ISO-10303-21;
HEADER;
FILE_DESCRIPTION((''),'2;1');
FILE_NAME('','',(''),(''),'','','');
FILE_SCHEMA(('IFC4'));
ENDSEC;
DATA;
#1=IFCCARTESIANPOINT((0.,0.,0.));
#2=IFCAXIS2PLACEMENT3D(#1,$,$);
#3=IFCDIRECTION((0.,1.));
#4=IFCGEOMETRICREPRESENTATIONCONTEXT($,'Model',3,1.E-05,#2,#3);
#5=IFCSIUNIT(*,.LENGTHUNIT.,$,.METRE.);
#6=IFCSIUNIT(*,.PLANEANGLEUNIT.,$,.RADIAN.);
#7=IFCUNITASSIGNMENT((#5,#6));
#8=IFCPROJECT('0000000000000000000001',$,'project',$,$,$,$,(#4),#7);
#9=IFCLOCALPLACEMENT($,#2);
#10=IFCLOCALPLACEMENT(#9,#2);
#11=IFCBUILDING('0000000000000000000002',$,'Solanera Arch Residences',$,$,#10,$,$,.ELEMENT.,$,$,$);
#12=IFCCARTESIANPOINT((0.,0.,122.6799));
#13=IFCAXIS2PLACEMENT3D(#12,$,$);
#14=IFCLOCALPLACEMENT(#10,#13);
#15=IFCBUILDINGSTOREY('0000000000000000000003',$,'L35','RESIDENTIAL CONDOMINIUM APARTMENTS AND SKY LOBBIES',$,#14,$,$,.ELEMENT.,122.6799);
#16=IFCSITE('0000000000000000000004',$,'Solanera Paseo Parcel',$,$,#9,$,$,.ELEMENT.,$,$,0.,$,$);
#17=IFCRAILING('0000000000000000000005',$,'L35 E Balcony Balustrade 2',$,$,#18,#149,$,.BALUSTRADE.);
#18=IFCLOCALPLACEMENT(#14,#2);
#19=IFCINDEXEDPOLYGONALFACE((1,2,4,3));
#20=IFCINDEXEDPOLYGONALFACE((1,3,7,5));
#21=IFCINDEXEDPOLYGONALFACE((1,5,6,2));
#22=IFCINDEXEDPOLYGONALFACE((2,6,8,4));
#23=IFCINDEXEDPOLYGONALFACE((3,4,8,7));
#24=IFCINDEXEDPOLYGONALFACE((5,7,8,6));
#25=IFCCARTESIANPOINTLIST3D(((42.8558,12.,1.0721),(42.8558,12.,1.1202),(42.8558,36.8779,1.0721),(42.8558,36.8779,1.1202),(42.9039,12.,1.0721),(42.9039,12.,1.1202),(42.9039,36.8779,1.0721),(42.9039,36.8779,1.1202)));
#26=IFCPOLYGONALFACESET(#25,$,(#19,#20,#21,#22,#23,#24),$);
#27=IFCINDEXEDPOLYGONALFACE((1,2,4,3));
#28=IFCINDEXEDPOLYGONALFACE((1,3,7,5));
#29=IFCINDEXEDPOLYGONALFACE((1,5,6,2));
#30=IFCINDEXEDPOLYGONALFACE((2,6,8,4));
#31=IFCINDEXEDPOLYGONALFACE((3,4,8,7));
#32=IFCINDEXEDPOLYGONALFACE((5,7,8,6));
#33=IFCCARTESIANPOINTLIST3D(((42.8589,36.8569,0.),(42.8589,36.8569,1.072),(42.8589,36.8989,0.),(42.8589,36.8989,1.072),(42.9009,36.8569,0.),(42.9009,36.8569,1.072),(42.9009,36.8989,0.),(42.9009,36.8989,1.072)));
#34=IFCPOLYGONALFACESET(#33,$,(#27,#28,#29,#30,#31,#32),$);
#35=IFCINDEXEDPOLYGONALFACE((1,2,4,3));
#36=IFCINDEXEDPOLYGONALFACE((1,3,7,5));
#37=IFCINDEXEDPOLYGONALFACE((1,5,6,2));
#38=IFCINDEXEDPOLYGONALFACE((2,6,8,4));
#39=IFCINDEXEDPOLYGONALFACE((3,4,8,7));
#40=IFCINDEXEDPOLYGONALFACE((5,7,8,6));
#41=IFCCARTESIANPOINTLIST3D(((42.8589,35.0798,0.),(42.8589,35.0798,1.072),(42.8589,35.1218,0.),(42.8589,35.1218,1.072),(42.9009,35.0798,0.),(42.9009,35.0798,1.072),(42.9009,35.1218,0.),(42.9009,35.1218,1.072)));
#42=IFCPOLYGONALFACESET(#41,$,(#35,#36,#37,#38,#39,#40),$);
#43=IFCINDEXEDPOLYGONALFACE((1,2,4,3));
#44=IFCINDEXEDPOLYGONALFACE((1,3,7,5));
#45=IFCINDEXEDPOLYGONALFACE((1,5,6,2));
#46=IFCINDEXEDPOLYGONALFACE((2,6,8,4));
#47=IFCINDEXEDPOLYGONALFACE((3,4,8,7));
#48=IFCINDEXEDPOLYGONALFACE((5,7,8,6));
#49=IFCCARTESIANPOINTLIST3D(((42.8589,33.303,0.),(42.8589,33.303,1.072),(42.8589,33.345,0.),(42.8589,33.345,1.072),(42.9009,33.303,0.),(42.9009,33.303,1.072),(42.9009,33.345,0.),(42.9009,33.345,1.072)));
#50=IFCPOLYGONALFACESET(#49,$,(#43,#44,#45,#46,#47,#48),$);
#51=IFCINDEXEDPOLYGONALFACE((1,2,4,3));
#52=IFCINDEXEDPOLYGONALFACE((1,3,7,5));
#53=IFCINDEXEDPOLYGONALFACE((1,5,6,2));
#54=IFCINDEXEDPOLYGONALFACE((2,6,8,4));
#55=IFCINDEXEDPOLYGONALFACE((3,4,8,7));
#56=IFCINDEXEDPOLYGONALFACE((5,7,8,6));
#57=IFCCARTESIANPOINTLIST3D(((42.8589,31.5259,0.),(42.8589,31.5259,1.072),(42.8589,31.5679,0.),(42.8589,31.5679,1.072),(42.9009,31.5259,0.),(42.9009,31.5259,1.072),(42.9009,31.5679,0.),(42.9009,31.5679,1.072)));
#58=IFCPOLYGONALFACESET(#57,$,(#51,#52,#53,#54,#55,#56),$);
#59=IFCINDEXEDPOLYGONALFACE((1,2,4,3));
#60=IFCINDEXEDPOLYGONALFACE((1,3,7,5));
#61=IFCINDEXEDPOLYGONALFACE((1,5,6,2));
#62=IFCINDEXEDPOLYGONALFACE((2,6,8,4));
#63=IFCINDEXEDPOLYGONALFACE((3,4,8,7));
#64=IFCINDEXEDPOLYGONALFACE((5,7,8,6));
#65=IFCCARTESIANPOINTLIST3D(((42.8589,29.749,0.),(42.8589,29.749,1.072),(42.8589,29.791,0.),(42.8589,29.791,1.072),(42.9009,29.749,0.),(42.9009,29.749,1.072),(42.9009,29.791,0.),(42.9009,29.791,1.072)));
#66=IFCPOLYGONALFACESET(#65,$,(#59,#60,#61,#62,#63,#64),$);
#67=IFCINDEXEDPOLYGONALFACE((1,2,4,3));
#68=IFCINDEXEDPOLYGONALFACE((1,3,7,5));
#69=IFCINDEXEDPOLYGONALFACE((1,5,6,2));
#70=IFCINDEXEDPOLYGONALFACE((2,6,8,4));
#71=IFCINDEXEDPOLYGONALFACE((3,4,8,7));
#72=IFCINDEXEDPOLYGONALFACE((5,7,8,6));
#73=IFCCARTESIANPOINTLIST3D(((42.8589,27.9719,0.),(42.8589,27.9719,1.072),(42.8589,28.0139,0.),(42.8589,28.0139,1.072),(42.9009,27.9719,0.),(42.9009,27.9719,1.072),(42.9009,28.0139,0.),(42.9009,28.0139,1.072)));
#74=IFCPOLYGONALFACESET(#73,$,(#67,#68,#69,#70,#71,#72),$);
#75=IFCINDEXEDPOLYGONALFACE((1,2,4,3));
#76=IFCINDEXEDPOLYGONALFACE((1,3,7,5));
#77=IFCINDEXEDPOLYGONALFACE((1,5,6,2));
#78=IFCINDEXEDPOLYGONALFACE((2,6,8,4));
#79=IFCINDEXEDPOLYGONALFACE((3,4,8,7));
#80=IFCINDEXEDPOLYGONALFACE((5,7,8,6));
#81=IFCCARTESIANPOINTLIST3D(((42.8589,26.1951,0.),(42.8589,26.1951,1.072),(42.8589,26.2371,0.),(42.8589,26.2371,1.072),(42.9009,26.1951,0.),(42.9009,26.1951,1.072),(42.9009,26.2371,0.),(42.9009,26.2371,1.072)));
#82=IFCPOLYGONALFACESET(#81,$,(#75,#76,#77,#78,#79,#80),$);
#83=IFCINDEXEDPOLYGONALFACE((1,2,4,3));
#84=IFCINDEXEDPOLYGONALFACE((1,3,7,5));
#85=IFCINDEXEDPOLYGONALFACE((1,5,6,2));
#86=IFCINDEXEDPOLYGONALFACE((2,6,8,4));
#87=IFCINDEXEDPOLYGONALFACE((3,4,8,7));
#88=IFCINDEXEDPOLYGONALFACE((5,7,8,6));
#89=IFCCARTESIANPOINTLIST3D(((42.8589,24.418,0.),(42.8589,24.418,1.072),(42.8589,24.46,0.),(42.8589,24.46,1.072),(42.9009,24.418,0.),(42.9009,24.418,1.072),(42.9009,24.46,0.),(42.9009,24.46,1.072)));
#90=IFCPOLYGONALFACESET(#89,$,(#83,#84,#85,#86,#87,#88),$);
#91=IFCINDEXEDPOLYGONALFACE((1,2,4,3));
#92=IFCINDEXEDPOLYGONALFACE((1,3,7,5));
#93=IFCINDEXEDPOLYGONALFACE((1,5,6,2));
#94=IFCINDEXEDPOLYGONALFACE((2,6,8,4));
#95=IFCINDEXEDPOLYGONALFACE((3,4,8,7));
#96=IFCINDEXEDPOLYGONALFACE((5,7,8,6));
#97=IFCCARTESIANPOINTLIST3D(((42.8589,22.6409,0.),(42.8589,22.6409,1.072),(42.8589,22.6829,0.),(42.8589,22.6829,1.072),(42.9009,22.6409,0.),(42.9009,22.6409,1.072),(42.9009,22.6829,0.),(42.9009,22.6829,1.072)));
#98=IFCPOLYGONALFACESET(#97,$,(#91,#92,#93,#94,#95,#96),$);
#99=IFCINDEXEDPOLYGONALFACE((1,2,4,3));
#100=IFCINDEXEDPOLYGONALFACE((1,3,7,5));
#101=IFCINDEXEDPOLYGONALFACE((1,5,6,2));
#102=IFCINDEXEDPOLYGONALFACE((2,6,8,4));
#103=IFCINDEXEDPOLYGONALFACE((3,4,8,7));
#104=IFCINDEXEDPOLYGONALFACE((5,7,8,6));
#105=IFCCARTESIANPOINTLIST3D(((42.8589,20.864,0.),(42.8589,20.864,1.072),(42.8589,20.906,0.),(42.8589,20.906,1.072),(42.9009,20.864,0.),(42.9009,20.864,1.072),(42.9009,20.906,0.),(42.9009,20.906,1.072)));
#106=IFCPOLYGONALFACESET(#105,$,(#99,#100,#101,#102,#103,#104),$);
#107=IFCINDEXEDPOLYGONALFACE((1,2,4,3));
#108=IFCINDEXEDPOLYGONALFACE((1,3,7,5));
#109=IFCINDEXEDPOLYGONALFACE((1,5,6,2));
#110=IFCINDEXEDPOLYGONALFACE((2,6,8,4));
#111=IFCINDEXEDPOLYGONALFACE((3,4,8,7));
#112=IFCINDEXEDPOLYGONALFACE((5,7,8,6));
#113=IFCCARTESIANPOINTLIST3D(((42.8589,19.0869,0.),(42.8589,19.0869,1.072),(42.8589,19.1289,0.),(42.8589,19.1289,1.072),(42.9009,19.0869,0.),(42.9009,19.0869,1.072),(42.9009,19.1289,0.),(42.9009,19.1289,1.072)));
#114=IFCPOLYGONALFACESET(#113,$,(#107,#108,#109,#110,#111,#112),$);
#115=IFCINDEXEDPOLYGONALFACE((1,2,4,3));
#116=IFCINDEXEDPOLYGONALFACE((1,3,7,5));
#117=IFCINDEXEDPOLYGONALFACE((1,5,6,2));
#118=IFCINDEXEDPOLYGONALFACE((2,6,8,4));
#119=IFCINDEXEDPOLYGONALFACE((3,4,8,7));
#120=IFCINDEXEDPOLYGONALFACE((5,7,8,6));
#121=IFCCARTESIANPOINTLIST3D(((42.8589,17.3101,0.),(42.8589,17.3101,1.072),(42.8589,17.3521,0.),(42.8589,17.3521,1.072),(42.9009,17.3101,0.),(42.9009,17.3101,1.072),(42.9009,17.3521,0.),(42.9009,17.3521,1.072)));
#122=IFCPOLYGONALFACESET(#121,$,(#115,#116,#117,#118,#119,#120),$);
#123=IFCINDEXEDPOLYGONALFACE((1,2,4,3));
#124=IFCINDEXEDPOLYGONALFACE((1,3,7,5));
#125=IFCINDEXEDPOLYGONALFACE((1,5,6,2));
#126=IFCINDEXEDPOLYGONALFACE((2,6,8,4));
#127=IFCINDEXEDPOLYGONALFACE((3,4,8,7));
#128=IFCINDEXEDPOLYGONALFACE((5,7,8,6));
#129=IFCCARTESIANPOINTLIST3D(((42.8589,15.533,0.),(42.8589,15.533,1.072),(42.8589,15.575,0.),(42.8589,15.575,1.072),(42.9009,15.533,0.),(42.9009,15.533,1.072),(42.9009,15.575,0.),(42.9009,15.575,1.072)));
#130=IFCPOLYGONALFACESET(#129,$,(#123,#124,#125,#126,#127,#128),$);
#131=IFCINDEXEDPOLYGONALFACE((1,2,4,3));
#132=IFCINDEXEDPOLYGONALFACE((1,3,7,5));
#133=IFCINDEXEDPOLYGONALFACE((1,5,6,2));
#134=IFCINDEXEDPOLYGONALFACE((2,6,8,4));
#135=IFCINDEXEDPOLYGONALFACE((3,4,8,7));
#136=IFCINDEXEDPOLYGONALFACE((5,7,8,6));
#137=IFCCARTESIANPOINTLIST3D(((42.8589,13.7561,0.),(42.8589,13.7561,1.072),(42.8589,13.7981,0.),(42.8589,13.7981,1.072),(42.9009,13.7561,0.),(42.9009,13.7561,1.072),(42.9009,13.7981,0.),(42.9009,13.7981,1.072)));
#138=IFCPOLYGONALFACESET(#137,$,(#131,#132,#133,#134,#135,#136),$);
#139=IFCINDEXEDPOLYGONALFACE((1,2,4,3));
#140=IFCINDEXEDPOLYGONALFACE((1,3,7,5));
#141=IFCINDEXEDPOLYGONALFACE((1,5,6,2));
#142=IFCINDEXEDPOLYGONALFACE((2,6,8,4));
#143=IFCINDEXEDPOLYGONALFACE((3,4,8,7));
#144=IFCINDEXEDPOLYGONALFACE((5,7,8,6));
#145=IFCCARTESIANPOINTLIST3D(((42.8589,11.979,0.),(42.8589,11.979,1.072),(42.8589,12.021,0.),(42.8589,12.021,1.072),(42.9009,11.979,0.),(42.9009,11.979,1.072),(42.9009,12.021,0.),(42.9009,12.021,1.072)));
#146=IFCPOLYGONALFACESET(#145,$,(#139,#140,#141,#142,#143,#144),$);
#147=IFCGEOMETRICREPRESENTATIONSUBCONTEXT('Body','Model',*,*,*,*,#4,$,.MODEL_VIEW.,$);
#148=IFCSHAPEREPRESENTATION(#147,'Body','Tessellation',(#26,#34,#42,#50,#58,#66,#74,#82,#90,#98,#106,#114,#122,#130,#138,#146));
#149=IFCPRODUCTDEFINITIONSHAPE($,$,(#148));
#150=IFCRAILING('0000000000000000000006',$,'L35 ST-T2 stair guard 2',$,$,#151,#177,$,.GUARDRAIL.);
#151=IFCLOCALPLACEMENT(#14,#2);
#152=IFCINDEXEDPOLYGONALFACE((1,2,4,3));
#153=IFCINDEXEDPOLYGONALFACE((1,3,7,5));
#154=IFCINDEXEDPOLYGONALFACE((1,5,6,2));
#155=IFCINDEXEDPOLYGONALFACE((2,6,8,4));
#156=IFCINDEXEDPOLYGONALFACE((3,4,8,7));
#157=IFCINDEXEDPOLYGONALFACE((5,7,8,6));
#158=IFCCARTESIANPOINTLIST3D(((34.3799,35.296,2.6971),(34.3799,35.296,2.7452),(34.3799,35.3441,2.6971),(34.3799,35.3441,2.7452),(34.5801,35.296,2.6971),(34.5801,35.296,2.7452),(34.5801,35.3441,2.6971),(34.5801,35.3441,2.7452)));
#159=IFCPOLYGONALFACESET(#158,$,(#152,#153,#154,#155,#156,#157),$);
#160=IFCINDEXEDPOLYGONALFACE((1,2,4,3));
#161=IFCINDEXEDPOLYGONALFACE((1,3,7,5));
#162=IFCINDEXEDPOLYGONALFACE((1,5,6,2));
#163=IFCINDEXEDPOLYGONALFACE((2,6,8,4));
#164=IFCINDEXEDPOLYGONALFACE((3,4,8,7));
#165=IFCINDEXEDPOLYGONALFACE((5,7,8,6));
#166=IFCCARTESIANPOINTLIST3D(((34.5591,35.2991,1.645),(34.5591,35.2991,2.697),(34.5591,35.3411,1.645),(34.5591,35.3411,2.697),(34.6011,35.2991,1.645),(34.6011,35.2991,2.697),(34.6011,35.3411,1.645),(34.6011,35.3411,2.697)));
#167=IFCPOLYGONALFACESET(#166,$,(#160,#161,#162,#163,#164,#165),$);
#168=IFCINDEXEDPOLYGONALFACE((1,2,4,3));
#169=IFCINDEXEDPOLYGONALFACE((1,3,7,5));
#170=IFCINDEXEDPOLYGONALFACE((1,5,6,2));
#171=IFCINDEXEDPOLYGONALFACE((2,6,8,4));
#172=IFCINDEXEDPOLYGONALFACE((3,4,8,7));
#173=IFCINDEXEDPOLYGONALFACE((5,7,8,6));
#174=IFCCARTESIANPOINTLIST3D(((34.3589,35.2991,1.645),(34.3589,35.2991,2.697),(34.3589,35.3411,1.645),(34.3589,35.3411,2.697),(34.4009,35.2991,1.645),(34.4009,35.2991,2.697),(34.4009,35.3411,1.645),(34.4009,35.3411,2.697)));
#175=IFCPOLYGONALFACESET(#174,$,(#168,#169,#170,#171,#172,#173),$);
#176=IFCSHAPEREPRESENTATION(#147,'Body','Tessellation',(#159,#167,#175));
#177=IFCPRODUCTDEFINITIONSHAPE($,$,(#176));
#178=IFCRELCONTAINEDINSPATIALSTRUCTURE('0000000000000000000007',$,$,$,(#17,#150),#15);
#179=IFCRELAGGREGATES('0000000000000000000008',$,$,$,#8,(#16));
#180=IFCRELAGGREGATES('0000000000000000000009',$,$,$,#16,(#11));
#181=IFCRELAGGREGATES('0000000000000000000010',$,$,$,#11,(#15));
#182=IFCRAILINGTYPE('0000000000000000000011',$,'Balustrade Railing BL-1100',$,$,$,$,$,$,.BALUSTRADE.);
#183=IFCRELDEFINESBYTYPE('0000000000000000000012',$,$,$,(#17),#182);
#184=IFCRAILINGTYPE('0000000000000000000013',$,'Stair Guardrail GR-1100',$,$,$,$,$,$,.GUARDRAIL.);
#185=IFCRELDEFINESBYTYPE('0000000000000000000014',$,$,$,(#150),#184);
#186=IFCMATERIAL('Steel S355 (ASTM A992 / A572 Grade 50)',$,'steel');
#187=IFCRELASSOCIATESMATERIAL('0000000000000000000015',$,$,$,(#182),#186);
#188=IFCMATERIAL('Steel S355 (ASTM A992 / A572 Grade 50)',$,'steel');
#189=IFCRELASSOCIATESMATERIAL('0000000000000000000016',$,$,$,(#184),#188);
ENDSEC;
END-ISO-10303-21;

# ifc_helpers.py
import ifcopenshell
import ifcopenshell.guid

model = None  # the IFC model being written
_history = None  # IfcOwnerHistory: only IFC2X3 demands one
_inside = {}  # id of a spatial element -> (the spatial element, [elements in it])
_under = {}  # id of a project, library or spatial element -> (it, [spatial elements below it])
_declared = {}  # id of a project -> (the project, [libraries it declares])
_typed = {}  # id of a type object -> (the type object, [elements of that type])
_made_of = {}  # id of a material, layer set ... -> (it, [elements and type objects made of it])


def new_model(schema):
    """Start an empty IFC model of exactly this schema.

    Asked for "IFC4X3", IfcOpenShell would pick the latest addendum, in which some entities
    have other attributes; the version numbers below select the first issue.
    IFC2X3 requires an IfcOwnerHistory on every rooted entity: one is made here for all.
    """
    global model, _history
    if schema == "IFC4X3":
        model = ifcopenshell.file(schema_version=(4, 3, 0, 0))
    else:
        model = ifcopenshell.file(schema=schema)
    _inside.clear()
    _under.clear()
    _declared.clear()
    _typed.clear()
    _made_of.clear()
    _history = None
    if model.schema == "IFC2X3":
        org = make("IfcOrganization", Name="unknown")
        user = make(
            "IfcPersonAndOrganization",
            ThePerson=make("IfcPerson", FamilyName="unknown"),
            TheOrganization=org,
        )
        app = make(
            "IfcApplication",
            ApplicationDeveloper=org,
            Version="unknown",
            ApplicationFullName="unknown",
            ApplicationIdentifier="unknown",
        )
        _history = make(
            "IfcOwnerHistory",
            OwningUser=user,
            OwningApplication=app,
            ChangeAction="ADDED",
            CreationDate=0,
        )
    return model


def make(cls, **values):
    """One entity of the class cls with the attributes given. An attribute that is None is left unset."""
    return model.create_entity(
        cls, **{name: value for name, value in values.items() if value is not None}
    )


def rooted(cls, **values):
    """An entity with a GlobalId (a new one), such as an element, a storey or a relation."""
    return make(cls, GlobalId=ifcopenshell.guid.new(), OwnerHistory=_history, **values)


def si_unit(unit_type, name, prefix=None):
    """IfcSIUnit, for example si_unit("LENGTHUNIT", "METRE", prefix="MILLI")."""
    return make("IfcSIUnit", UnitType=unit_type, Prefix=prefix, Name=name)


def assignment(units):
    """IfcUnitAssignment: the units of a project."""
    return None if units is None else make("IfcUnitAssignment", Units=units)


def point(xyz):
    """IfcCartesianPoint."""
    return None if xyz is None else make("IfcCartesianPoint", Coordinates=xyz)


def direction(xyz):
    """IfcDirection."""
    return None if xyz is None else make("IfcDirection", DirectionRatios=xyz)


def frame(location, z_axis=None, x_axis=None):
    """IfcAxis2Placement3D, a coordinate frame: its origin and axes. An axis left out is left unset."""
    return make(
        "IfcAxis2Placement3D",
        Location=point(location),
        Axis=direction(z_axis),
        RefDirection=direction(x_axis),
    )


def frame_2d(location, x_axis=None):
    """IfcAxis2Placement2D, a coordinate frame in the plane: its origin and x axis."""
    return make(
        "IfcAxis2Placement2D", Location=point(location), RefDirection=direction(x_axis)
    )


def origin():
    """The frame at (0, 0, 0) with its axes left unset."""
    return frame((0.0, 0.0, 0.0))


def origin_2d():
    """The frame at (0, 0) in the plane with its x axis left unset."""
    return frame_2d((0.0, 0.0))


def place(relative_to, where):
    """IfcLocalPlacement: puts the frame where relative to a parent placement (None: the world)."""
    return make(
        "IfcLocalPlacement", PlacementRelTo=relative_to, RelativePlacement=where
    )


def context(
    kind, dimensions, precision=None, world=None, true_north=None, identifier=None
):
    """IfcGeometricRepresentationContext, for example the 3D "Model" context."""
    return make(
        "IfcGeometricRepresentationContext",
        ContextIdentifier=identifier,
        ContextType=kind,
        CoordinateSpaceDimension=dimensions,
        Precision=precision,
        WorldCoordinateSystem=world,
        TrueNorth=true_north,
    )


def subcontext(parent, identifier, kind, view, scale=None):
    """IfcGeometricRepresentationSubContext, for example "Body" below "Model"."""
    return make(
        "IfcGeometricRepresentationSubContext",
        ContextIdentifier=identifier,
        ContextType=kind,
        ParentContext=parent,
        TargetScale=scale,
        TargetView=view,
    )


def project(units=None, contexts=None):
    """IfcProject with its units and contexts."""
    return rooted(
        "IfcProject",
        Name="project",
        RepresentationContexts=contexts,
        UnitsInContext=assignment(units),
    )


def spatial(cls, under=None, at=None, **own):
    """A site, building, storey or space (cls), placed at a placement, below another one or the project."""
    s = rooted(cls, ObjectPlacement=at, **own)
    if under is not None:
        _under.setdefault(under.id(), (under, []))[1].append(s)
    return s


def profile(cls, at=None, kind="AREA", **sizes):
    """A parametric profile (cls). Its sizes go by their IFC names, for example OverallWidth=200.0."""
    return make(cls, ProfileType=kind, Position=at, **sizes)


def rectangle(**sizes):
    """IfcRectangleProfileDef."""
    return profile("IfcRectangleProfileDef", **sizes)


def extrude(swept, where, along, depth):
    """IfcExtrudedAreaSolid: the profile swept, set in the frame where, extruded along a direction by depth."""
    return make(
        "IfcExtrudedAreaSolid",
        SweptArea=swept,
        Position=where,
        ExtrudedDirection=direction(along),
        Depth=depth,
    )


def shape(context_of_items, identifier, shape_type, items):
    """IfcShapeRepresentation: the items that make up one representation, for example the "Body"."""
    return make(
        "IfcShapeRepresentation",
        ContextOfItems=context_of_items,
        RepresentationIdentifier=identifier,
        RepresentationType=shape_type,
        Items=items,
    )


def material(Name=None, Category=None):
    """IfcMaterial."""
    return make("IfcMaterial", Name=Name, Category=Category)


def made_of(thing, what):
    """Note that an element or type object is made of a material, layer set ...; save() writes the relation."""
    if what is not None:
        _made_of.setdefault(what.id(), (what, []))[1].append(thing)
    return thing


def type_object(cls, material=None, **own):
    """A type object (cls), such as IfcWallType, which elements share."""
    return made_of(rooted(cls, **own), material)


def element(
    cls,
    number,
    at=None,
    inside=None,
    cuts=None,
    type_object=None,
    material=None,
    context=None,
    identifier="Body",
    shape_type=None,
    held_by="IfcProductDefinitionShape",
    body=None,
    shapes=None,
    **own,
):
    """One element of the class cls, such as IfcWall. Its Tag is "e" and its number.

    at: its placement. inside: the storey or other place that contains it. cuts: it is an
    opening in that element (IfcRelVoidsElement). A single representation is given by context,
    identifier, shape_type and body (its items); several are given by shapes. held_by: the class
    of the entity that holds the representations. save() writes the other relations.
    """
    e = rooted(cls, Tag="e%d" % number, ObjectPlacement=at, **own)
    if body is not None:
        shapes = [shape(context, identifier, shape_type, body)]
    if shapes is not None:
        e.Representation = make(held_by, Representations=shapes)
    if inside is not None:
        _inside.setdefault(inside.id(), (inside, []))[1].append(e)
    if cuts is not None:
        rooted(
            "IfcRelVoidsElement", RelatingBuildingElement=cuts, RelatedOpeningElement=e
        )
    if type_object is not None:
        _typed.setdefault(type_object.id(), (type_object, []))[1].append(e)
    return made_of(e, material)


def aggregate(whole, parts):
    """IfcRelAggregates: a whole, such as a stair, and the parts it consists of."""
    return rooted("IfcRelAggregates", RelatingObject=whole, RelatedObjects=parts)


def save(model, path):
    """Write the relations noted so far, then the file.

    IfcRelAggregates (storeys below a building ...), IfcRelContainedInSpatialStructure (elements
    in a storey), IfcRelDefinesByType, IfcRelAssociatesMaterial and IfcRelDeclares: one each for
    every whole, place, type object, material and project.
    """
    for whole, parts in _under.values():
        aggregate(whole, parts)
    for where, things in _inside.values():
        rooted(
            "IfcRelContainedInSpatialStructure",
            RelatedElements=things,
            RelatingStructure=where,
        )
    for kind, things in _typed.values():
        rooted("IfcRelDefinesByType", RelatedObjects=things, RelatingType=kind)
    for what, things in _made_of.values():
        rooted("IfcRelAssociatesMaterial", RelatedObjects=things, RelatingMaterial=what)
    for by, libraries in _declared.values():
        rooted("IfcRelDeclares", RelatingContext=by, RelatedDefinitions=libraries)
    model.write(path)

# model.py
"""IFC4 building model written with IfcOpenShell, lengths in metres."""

from ifc_helpers import new_model, si_unit, direction, frame, origin, origin_2d, place, context, subcontext, project, spatial, rectangle, extrude, material, type_object, element, save


model = new_model("IFC4")

# Units and contexts
model_context = context("Model", 3, precision=1e-05, world=origin(), true_north=direction((0.0, 1.0)))
body_context = subcontext(model_context, "Body", "Model", "MODEL_VIEW")
ifc_project = project(units=[si_unit("LENGTHUNIT", "METRE"), si_unit("PLANEANGLEUNIT", "RADIAN")], contexts=[model_context])

# Site, building, storey
site_placement = place(None, origin())
site = spatial("IfcSite", under=ifc_project, at=site_placement, Name="Solanera Paseo Parcel", CompositionType="ELEMENT", RefElevation=0.0)
building_placement = place(site_placement, origin())
building = spatial("IfcBuilding", under=site, at=building_placement, Name="Solanera Arch Residences", CompositionType="ELEMENT")
storey_placement = place(building_placement, frame((0.0, 0.0, 122.6799)))
storey = spatial("IfcBuildingStorey", under=building, at=storey_placement, Name="L35", Description="RESIDENTIAL CONDOMINIUM APARTMENTS AND SKY LOBBIES", CompositionType="ELEMENT", Elevation=122.6799)

# Railings
ifc_material_1 = material(Name="Steel S355 (ASTM A992 / A572 Grade 50)", Category="steel")
railing_type_1 = type_object("IfcRailingType", Name="Balustrade Railing BL-1100", PredefinedType="BALUSTRADE", material=ifc_material_1)
railing_1_placement = place(storey_placement, frame((42.8799, 36.8779, 0.0)))
element("IfcRailing", 1, at=railing_1_placement, inside=storey, type_object=railing_type_1, Name="L35 E Balcony Balustrade 2", PredefinedType="BALUSTRADE", context=body_context, shape_type="SweptSolid", body=[
    extrude(rectangle(XDim=0.0481, YDim=0.0481, at=origin_2d()), frame((0.0, 0.0, 1.0962), z_axis=(0.0, -1.0, 0.0), x_axis=(1.0, 0.0, 0.0)), (0.0, 0.0, 1.0), 24.8779),
    extrude(rectangle(XDim=0.042, YDim=0.042, at=origin_2d()), origin(), (0.0, 0.0, 1.0), 1.072),
    extrude(rectangle(XDim=0.042, YDim=0.042, at=origin_2d()), frame((0.0, -1.7771, 0.0)), (0.0, 0.0, 1.0), 1.072),
    extrude(rectangle(XDim=0.042, YDim=0.042, at=origin_2d()), frame((0.0, -3.554, 0.0)), (0.0, 0.0, 1.0), 1.072),
    extrude(rectangle(XDim=0.042, YDim=0.042, at=origin_2d()), frame((0.0, -5.3311, 0.0)), (0.0, 0.0, 1.0), 1.072),
    extrude(rectangle(XDim=0.042, YDim=0.042, at=origin_2d()), frame((0.0, -7.1079, 0.0)), (0.0, 0.0, 1.0), 1.072),
    extrude(rectangle(XDim=0.042, YDim=0.042, at=origin_2d()), frame((0.0, -8.885, 0.0)), (0.0, 0.0, 1.0), 1.072),
    extrude(rectangle(XDim=0.042, YDim=0.042, at=origin_2d()), frame((0.0, -10.6619, 0.0)), (0.0, 0.0, 1.0), 1.072),
    extrude(rectangle(XDim=0.042, YDim=0.042, at=origin_2d()), frame((0.0, -12.439, 0.0)), (0.0, 0.0, 1.0), 1.072),
    extrude(rectangle(XDim=0.042, YDim=0.042, at=origin_2d()), frame((0.0, -14.2161, 0.0)), (0.0, 0.0, 1.0), 1.072),
    extrude(rectangle(XDim=0.042, YDim=0.042, at=origin_2d()), frame((0.0, -15.9929, 0.0)), (0.0, 0.0, 1.0), 1.072),
    extrude(rectangle(XDim=0.042, YDim=0.042, at=origin_2d()), frame((0.0, -17.77, 0.0)), (0.0, 0.0, 1.0), 1.072),
    extrude(rectangle(XDim=0.042, YDim=0.042, at=origin_2d()), frame((0.0, -19.5469, 0.0)), (0.0, 0.0, 1.0), 1.072),
    extrude(rectangle(XDim=0.042, YDim=0.042, at=origin_2d()), frame((0.0, -21.324, 0.0)), (0.0, 0.0, 1.0), 1.072),
    extrude(rectangle(XDim=0.042, YDim=0.042, at=origin_2d()), frame((0.0, -23.1008, 0.0)), (0.0, 0.0, 1.0), 1.072),
    extrude(rectangle(XDim=0.042, YDim=0.042, at=origin_2d()), frame((0.0, -24.8779, 0.0)), (0.0, 0.0, 1.0), 1.072),
])
ifc_material_2 = material(Name="Steel S355 (ASTM A992 / A572 Grade 50)", Category="steel")
railing_type_2 = type_object("IfcRailingType", Name="Stair Guardrail GR-1100", PredefinedType="GUARDRAIL", material=ifc_material_2)
railing_2_placement = place(storey_placement, frame((34.5801, 35.3201, 1.645)))
element("IfcRailing", 2, at=railing_2_placement, inside=storey, type_object=railing_type_2, Name="L35 ST-T2 stair guard 2", PredefinedType="GUARDRAIL", context=body_context, shape_type="SweptSolid", body=[
    extrude(rectangle(XDim=0.0481, YDim=0.0481, at=origin_2d()), frame((0.0, 0.0, 1.0762), z_axis=(-1.0, 0.0, 0.0), x_axis=(0.0, -1.0, 0.0)), (0.0, 0.0, 1.0), 0.2002),
    extrude(rectangle(XDim=0.042, YDim=0.042, at=origin_2d()), origin(), (0.0, 0.0, 1.0), 1.052),
    extrude(rectangle(XDim=0.042, YDim=0.042, at=origin_2d()), frame((-0.2002, 0.0, 0.0)), (0.0, 0.0, 1.0), 1.052),
])

save(model, "model.ifc")
